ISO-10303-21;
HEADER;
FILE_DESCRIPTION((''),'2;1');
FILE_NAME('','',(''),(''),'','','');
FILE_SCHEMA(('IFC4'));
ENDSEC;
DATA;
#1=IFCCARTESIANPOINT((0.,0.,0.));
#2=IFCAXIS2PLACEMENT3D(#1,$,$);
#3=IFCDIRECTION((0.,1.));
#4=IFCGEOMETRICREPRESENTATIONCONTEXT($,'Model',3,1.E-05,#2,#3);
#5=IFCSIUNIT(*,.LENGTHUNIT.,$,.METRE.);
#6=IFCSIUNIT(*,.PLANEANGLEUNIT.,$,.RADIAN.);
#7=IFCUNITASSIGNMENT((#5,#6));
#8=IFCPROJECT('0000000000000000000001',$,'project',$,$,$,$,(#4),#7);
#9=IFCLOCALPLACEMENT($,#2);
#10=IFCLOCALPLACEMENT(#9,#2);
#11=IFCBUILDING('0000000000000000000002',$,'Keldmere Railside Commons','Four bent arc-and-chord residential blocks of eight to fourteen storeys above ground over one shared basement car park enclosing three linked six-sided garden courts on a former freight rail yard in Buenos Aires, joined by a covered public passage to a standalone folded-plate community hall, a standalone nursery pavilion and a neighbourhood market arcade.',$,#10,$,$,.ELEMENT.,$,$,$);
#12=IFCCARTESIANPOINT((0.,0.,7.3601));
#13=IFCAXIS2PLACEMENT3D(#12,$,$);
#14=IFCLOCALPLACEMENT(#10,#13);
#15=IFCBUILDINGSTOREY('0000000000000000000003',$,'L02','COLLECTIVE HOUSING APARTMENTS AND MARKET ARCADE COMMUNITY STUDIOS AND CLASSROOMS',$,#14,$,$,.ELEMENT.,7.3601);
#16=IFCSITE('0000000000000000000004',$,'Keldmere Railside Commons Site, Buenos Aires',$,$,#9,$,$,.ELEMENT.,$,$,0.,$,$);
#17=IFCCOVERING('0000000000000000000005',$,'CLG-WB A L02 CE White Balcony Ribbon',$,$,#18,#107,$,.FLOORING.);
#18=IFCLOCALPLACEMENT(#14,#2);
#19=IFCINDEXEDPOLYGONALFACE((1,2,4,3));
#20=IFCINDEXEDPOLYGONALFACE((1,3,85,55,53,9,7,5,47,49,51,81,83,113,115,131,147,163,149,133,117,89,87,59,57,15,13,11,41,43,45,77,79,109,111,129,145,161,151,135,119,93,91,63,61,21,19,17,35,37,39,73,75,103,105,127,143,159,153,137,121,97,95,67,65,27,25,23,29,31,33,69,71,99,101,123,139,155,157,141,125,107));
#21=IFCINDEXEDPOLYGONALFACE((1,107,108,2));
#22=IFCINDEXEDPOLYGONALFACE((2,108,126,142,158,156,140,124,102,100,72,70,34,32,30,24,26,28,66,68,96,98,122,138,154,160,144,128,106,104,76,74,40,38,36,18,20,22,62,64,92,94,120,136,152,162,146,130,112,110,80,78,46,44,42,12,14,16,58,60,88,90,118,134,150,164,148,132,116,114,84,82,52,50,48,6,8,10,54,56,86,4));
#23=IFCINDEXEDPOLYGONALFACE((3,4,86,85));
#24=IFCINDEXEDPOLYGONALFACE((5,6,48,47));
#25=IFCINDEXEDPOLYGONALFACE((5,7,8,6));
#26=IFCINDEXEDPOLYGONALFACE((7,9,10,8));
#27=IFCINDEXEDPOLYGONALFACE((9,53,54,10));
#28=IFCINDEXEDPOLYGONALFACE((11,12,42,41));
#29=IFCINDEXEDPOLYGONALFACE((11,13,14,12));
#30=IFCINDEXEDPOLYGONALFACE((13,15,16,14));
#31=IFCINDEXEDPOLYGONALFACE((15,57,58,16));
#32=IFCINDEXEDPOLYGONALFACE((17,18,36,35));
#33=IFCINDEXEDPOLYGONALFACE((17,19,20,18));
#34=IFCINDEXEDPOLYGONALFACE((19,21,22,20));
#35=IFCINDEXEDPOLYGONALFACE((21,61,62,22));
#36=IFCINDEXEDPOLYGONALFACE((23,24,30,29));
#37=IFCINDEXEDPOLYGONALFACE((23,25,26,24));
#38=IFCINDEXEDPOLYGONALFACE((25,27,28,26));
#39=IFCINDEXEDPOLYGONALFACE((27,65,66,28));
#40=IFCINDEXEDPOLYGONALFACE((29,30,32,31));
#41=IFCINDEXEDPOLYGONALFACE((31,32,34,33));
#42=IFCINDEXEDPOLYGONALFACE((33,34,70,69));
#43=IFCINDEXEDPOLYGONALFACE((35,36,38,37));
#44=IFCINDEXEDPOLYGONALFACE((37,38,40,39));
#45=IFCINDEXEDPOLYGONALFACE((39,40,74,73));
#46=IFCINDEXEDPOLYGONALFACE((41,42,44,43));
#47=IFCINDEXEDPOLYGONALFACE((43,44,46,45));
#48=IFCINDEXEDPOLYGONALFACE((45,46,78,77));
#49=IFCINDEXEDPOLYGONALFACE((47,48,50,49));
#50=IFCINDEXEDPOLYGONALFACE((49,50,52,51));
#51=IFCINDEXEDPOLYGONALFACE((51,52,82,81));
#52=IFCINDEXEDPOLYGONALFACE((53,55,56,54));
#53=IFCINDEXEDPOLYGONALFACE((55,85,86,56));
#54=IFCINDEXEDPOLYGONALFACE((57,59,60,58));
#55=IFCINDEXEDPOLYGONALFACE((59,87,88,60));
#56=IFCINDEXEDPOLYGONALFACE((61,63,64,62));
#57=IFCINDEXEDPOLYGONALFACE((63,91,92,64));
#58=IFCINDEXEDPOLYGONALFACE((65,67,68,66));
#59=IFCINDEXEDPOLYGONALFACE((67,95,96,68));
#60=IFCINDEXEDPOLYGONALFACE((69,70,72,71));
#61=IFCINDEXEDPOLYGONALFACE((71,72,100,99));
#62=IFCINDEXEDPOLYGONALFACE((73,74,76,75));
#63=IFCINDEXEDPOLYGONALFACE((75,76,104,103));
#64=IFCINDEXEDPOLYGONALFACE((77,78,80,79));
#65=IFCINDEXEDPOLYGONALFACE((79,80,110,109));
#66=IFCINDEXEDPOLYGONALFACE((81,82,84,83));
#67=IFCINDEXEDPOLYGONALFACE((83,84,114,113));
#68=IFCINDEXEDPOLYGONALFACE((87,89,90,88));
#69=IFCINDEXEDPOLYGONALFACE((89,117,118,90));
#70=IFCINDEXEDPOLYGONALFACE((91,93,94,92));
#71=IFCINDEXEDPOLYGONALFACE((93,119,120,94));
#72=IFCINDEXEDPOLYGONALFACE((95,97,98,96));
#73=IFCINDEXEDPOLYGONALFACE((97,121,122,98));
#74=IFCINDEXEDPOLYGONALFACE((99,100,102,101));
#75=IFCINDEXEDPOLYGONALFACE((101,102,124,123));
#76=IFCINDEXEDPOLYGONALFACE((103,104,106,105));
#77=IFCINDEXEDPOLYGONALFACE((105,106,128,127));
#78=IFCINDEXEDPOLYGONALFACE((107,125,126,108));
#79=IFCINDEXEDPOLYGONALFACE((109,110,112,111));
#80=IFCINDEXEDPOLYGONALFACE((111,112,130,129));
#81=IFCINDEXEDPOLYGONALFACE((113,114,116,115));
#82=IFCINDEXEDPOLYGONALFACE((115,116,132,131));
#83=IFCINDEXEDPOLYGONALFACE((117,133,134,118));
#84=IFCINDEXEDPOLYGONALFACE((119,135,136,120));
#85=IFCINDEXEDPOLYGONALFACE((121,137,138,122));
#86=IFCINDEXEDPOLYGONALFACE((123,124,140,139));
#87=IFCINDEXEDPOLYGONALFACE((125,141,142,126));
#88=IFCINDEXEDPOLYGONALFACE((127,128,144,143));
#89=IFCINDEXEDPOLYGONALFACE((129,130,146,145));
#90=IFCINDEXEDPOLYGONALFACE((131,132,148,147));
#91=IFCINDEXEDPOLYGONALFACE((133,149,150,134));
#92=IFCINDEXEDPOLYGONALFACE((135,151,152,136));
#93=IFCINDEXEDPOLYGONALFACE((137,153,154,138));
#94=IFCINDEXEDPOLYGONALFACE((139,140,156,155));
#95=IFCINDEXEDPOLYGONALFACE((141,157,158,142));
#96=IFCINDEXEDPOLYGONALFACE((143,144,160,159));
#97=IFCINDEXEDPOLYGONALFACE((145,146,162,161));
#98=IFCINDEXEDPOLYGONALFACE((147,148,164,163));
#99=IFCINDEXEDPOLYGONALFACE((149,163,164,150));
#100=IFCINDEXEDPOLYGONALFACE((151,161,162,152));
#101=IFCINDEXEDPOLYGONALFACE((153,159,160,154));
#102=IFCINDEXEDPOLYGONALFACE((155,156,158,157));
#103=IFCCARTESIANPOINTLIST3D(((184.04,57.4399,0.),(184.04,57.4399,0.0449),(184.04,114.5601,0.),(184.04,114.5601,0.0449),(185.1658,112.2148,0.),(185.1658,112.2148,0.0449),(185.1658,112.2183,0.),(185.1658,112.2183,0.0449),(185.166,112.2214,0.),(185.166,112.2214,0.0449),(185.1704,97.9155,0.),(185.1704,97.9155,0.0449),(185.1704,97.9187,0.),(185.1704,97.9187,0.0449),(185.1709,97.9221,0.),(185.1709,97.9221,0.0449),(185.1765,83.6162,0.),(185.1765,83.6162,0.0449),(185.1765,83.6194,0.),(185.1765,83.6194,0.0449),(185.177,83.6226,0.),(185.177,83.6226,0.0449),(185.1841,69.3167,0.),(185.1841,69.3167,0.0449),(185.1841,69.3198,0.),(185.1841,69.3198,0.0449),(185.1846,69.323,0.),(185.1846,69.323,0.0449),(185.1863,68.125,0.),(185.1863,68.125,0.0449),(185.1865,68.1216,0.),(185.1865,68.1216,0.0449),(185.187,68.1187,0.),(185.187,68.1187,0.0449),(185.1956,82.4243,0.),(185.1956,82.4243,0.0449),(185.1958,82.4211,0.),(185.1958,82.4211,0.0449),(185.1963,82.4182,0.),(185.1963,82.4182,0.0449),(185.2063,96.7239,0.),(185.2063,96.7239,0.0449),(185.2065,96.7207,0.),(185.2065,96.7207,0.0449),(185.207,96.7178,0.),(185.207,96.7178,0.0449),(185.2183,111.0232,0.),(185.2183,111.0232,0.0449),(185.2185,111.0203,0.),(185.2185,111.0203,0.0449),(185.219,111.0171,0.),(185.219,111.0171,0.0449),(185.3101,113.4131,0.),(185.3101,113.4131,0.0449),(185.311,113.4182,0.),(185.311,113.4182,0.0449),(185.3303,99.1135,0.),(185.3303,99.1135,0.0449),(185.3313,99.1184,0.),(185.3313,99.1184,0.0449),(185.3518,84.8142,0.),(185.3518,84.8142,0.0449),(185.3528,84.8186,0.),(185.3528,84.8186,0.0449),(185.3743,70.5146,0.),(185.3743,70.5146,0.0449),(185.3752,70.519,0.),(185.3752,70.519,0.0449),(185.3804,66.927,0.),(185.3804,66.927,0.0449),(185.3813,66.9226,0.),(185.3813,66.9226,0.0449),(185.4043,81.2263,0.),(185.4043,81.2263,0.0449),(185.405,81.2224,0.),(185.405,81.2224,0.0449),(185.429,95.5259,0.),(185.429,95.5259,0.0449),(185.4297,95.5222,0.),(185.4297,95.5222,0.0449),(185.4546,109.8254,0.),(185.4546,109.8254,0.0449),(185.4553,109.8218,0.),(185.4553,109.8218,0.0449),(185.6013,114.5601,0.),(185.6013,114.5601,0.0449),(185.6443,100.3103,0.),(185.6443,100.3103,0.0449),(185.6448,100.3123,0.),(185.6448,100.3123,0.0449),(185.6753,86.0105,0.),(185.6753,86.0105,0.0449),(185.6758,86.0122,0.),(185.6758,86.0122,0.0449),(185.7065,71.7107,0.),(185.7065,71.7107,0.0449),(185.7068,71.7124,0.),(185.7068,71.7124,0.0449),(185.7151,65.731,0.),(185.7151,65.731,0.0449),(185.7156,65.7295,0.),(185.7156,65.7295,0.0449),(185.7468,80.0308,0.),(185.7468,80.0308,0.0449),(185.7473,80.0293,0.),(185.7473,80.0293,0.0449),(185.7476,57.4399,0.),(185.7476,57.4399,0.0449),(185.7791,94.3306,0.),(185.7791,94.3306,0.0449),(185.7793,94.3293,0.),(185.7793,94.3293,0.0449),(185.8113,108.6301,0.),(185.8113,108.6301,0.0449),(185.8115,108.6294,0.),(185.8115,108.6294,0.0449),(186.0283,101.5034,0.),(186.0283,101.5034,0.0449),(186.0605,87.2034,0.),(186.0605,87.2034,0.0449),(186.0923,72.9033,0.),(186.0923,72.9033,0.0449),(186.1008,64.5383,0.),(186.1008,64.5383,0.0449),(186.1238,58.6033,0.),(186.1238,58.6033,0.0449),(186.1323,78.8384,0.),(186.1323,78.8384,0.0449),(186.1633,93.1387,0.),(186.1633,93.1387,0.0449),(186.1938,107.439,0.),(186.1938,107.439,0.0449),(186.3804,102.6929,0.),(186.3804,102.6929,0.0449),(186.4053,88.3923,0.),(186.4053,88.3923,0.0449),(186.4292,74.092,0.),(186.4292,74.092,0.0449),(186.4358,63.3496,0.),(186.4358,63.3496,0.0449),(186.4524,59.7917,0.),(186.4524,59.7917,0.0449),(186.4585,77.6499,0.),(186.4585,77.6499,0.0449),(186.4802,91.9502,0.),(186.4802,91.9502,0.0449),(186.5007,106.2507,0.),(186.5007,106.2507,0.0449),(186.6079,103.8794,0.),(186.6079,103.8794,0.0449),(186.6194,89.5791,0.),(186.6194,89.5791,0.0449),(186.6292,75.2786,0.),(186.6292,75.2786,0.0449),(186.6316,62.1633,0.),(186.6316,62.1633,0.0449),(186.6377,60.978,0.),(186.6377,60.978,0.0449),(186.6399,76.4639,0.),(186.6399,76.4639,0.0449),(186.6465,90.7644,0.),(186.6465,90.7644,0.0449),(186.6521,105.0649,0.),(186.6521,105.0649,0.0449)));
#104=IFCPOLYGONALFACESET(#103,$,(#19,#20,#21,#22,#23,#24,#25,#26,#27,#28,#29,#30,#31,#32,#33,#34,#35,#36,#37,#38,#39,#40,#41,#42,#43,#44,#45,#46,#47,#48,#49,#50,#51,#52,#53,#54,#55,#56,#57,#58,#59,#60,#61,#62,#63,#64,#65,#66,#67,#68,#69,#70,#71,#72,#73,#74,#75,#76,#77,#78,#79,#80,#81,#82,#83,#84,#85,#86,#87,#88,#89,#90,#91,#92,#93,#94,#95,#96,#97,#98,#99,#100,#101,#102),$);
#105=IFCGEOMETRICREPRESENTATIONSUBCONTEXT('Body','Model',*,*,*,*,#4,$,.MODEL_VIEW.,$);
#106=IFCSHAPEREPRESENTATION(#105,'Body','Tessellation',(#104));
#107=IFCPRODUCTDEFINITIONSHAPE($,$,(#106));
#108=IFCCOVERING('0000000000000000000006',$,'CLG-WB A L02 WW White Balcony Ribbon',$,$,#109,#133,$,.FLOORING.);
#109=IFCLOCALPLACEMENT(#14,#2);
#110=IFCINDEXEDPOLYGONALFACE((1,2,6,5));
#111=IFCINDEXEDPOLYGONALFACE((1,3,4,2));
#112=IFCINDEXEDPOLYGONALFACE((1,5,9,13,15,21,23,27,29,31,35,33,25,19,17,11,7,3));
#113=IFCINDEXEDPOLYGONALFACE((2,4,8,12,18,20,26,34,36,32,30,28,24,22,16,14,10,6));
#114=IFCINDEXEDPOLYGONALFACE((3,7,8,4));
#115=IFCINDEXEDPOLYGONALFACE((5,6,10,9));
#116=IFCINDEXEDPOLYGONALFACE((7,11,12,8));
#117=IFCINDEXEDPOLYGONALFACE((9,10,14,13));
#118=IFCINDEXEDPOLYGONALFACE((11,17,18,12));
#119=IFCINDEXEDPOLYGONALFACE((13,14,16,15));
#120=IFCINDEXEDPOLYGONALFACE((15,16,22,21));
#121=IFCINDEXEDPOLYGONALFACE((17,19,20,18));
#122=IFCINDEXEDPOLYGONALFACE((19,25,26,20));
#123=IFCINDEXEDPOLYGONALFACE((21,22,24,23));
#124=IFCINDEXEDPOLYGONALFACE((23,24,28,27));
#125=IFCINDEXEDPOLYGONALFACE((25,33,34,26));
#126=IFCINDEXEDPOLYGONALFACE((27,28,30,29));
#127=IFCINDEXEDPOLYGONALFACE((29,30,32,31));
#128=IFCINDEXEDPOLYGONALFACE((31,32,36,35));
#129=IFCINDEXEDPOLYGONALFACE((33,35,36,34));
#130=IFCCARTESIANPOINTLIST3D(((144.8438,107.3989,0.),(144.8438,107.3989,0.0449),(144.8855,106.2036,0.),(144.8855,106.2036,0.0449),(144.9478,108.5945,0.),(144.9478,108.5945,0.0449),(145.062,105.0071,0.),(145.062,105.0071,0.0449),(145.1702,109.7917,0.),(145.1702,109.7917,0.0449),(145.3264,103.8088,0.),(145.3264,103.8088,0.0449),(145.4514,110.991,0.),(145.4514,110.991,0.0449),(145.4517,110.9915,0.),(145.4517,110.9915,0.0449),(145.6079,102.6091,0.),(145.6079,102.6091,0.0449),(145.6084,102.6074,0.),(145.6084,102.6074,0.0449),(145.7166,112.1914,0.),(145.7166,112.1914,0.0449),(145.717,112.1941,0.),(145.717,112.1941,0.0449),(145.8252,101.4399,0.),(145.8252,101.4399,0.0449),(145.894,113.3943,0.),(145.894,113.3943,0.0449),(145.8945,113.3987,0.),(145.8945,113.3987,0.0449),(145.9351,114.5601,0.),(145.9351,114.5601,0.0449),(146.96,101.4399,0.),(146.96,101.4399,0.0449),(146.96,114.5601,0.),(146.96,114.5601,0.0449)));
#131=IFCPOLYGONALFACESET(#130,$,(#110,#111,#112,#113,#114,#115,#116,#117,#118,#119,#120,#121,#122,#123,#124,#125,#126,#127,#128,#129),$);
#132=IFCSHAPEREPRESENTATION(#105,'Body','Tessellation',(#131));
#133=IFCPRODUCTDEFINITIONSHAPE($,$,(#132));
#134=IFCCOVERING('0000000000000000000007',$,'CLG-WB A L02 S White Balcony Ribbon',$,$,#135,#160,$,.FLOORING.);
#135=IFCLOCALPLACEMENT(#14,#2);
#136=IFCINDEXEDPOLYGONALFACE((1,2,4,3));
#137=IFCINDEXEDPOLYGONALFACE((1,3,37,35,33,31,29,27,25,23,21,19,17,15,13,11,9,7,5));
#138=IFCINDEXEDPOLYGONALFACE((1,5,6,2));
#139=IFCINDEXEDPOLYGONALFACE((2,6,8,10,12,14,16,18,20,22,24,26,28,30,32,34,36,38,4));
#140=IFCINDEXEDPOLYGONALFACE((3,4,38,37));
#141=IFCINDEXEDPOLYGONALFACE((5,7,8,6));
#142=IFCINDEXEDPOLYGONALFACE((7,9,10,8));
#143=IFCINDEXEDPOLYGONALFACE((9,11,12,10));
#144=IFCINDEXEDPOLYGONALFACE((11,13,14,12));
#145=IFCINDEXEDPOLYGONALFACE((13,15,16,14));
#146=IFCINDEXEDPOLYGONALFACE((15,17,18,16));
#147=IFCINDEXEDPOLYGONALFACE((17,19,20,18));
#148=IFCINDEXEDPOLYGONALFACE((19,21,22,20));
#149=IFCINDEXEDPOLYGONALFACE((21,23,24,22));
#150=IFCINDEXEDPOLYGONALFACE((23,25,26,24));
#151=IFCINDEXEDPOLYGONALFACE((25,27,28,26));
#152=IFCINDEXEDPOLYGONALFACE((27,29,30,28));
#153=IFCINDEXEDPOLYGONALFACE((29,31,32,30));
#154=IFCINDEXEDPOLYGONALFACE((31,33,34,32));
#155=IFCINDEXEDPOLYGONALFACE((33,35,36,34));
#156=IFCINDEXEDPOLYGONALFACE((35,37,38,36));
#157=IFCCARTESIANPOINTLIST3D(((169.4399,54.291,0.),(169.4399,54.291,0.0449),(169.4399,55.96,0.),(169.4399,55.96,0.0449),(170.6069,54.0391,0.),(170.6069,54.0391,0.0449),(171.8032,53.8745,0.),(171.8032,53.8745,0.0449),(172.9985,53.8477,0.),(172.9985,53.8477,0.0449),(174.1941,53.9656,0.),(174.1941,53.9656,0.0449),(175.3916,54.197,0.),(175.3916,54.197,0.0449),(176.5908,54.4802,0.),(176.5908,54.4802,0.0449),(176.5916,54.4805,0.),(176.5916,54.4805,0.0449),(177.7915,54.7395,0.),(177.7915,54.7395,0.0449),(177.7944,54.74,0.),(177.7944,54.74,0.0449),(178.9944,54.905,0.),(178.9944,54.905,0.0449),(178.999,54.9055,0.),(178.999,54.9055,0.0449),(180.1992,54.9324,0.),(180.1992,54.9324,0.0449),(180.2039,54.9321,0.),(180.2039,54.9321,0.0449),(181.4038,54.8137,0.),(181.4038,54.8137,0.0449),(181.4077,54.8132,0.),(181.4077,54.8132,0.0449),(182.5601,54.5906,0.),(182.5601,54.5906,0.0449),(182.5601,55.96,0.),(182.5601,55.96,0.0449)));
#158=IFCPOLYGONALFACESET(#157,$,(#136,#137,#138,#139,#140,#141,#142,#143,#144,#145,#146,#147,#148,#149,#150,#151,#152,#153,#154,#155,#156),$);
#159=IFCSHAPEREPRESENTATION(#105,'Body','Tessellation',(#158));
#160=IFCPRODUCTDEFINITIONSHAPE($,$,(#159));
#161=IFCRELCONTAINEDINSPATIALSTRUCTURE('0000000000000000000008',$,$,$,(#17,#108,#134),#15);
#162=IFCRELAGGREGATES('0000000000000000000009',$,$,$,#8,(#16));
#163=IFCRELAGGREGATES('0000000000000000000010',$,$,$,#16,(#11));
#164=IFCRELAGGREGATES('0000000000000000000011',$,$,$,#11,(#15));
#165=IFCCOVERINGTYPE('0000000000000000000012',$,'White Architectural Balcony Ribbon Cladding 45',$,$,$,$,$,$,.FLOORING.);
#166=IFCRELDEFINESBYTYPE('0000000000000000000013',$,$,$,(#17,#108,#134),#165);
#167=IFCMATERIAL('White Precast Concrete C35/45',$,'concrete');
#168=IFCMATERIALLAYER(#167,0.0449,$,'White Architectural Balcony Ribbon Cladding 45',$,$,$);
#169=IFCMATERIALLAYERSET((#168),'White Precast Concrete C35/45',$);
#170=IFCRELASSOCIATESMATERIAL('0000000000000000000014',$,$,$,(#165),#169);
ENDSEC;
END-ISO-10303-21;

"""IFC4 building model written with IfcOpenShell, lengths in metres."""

from ifc_helpers import new_model, si_unit, direction, frame, origin, place, context, subcontext, project, spatial, polyline, outline, extrude, material, layer, layer_set, type_object, element, save


model = new_model("IFC4")

# Units and contexts
model_context = context("Model", 3, precision=1e-05, world=origin(), true_north=direction((0.0, 1.0)))
body_context = subcontext(model_context, "Body", "Model", "MODEL_VIEW")
ifc_project = project(units=[si_unit("LENGTHUNIT", "METRE"), si_unit("PLANEANGLEUNIT", "RADIAN")], contexts=[model_context])

# Site, building, storey
site_placement = place(None, origin())
site = spatial("IfcSite", under=ifc_project, at=site_placement, Name="Keldmere Railside Commons Site, Buenos Aires", CompositionType="ELEMENT", RefElevation=0.0)
building_placement = place(site_placement, origin())
building = spatial("IfcBuilding", under=site, at=building_placement, Name="Keldmere Railside Commons", Description="Four bent arc-and-chord residential blocks of eight to fourteen storeys above ground over one shared basement car park enclosing three linked six-sided garden courts on a former freight rail yard in Buenos Aires, joined by a covered public passage to a standalone folded-plate community hall, a standalone nursery pavilion and a neighbourhood market arcade.", CompositionType="ELEMENT")
storey_placement = place(building_placement, frame((0.0, 0.0, 7.3601)))
storey = spatial("IfcBuildingStorey", under=building, at=storey_placement, Name="L02", Description="COLLECTIVE HOUSING APARTMENTS AND MARKET ARCADE COMMUNITY STUDIOS AND CLASSROOMS", CompositionType="ELEMENT", Elevation=7.3601)

# Coverings
ifc_material_1 = material(Name="White Precast Concrete C35/45", Category="concrete")
ifc_layer_1 = layer(ifc_material_1, 0.0449, Name="White Architectural Balcony Ribbon Cladding 45")
ifc_layer_set_1 = layer_set([ifc_layer_1], Name="White Precast Concrete C35/45")
covering_type_1 = type_object("IfcCoveringType", Name="White Architectural Balcony Ribbon Cladding 45", PredefinedType="FLOORING", material=ifc_layer_set_1)
covering_1_placement = place(storey_placement, origin())
element("IfcCovering", 1, at=covering_1_placement, inside=storey, type_object=covering_type_1, Name="CLG-WB A L02 CE White Balcony Ribbon", PredefinedType="FLOORING", context=body_context, shape_type="SweptSolid", body=[
    extrude(outline(polyline([(186.1238, 58.6033), (186.4524, 59.7917), (186.6377, 60.978), (186.6316, 62.1633), (186.4358, 63.3496), (186.1008, 64.5383), (185.7156, 65.7295), (185.7151, 65.731), (185.3813, 66.9226), (185.3804, 66.927), (185.187, 68.1187), (185.1865, 68.1216), (185.1863, 68.125), (185.1841, 69.3167), (185.1841, 69.3198), (185.1846, 69.323), (185.3743, 70.5146), (185.3752, 70.519), (185.7065, 71.7107), (185.7068, 71.7124), (186.0923, 72.9033), (186.4292, 74.092), (186.6292, 75.2786), (186.6399, 76.4639), (186.4585, 77.6499), (186.1323, 78.8384), (185.7473, 80.0293), (185.7468, 80.0308), (185.405, 81.2224), (185.4043, 81.2263), (185.1963, 82.4182), (185.1958, 82.4211), (185.1956, 82.4243), (185.1765, 83.6162), (185.1765, 83.6194), (185.177, 83.6226), (185.3518, 84.8142), (185.3528, 84.8186), (185.6753, 86.0105), (185.6758, 86.0122), (186.0605, 87.2034), (186.4053, 88.3923), (186.6194, 89.5791), (186.6465, 90.7644), (186.4802, 91.9502), (186.1633, 93.1387), (185.7793, 94.3293), (185.7791, 94.3306), (185.4297, 95.5222), (185.429, 95.5259), (185.207, 96.7178), (185.2065, 96.7207), (185.2063, 96.7239), (185.1704, 97.9155), (185.1704, 97.9187), (185.1709, 97.9221), (185.3303, 99.1135), (185.3313, 99.1184), (185.6443, 100.3103), (185.6448, 100.3123), (186.0283, 101.5034), (186.3804, 102.6929), (186.6079, 103.8794), (186.6521, 105.0649), (186.5007, 106.2507), (186.1938, 107.439), (185.8115, 108.6294), (185.8113, 108.6301), (185.4553, 109.8218), (185.4546, 109.8254), (185.219, 111.0171), (185.2185, 111.0203), (185.2183, 111.0232), (185.1658, 112.2148), (185.1658, 112.2183), (185.166, 112.2214), (185.3101, 113.4131), (185.311, 113.4182), (185.6013, 114.5601), (184.04, 114.5601), (184.04, 57.4399), (185.7476, 57.4399), (186.1238, 58.6033)])), origin(), (0.0, 0.0, 1.0), 0.0449),
])
covering_2_placement = place(storey_placement, origin())
element("IfcCovering", 2, at=covering_2_placement, inside=storey, type_object=covering_type_1, Name="CLG-WB A L02 WW White Balcony Ribbon", PredefinedType="FLOORING", context=body_context, shape_type="SweptSolid", body=[
    extrude(outline(polyline([(146.96, 114.5601), (145.9351, 114.5601), (145.8945, 113.3987), (145.894, 113.3943), (145.717, 112.1941), (145.7166, 112.1914), (145.4517, 110.9915), (145.4514, 110.991), (145.1702, 109.7917), (144.9478, 108.5945), (144.8438, 107.3989), (144.8855, 106.2036), (145.062, 105.0071), (145.3264, 103.8088), (145.6079, 102.6091), (145.6084, 102.6074), (145.8252, 101.4399), (146.96, 101.4399), (146.96, 114.5601)])), origin(), (0.0, 0.0, 1.0), 0.0449),
])
covering_3_placement = place(storey_placement, origin())
element("IfcCovering", 3, at=covering_3_placement, inside=storey, type_object=covering_type_1, Name="CLG-WB A L02 S White Balcony Ribbon", PredefinedType="FLOORING", context=body_context, shape_type="SweptSolid", body=[
    extrude(outline(polyline([(170.6069, 54.0391), (171.8032, 53.8745), (172.9985, 53.8477), (174.1941, 53.9656), (175.3916, 54.197), (176.5908, 54.4802), (176.5916, 54.4805), (177.7915, 54.7395), (177.7944, 54.74), (178.9944, 54.905), (178.999, 54.9055), (180.1992, 54.9324), (180.2039, 54.9321), (181.4038, 54.8137), (181.4077, 54.8132), (182.5601, 54.5906), (182.5601, 55.96), (169.4399, 55.96), (169.4399, 54.291), (170.6069, 54.0391)])), origin(), (0.0, 0.0, 1.0), 0.0449),
])

save(model, "model.ifc")
